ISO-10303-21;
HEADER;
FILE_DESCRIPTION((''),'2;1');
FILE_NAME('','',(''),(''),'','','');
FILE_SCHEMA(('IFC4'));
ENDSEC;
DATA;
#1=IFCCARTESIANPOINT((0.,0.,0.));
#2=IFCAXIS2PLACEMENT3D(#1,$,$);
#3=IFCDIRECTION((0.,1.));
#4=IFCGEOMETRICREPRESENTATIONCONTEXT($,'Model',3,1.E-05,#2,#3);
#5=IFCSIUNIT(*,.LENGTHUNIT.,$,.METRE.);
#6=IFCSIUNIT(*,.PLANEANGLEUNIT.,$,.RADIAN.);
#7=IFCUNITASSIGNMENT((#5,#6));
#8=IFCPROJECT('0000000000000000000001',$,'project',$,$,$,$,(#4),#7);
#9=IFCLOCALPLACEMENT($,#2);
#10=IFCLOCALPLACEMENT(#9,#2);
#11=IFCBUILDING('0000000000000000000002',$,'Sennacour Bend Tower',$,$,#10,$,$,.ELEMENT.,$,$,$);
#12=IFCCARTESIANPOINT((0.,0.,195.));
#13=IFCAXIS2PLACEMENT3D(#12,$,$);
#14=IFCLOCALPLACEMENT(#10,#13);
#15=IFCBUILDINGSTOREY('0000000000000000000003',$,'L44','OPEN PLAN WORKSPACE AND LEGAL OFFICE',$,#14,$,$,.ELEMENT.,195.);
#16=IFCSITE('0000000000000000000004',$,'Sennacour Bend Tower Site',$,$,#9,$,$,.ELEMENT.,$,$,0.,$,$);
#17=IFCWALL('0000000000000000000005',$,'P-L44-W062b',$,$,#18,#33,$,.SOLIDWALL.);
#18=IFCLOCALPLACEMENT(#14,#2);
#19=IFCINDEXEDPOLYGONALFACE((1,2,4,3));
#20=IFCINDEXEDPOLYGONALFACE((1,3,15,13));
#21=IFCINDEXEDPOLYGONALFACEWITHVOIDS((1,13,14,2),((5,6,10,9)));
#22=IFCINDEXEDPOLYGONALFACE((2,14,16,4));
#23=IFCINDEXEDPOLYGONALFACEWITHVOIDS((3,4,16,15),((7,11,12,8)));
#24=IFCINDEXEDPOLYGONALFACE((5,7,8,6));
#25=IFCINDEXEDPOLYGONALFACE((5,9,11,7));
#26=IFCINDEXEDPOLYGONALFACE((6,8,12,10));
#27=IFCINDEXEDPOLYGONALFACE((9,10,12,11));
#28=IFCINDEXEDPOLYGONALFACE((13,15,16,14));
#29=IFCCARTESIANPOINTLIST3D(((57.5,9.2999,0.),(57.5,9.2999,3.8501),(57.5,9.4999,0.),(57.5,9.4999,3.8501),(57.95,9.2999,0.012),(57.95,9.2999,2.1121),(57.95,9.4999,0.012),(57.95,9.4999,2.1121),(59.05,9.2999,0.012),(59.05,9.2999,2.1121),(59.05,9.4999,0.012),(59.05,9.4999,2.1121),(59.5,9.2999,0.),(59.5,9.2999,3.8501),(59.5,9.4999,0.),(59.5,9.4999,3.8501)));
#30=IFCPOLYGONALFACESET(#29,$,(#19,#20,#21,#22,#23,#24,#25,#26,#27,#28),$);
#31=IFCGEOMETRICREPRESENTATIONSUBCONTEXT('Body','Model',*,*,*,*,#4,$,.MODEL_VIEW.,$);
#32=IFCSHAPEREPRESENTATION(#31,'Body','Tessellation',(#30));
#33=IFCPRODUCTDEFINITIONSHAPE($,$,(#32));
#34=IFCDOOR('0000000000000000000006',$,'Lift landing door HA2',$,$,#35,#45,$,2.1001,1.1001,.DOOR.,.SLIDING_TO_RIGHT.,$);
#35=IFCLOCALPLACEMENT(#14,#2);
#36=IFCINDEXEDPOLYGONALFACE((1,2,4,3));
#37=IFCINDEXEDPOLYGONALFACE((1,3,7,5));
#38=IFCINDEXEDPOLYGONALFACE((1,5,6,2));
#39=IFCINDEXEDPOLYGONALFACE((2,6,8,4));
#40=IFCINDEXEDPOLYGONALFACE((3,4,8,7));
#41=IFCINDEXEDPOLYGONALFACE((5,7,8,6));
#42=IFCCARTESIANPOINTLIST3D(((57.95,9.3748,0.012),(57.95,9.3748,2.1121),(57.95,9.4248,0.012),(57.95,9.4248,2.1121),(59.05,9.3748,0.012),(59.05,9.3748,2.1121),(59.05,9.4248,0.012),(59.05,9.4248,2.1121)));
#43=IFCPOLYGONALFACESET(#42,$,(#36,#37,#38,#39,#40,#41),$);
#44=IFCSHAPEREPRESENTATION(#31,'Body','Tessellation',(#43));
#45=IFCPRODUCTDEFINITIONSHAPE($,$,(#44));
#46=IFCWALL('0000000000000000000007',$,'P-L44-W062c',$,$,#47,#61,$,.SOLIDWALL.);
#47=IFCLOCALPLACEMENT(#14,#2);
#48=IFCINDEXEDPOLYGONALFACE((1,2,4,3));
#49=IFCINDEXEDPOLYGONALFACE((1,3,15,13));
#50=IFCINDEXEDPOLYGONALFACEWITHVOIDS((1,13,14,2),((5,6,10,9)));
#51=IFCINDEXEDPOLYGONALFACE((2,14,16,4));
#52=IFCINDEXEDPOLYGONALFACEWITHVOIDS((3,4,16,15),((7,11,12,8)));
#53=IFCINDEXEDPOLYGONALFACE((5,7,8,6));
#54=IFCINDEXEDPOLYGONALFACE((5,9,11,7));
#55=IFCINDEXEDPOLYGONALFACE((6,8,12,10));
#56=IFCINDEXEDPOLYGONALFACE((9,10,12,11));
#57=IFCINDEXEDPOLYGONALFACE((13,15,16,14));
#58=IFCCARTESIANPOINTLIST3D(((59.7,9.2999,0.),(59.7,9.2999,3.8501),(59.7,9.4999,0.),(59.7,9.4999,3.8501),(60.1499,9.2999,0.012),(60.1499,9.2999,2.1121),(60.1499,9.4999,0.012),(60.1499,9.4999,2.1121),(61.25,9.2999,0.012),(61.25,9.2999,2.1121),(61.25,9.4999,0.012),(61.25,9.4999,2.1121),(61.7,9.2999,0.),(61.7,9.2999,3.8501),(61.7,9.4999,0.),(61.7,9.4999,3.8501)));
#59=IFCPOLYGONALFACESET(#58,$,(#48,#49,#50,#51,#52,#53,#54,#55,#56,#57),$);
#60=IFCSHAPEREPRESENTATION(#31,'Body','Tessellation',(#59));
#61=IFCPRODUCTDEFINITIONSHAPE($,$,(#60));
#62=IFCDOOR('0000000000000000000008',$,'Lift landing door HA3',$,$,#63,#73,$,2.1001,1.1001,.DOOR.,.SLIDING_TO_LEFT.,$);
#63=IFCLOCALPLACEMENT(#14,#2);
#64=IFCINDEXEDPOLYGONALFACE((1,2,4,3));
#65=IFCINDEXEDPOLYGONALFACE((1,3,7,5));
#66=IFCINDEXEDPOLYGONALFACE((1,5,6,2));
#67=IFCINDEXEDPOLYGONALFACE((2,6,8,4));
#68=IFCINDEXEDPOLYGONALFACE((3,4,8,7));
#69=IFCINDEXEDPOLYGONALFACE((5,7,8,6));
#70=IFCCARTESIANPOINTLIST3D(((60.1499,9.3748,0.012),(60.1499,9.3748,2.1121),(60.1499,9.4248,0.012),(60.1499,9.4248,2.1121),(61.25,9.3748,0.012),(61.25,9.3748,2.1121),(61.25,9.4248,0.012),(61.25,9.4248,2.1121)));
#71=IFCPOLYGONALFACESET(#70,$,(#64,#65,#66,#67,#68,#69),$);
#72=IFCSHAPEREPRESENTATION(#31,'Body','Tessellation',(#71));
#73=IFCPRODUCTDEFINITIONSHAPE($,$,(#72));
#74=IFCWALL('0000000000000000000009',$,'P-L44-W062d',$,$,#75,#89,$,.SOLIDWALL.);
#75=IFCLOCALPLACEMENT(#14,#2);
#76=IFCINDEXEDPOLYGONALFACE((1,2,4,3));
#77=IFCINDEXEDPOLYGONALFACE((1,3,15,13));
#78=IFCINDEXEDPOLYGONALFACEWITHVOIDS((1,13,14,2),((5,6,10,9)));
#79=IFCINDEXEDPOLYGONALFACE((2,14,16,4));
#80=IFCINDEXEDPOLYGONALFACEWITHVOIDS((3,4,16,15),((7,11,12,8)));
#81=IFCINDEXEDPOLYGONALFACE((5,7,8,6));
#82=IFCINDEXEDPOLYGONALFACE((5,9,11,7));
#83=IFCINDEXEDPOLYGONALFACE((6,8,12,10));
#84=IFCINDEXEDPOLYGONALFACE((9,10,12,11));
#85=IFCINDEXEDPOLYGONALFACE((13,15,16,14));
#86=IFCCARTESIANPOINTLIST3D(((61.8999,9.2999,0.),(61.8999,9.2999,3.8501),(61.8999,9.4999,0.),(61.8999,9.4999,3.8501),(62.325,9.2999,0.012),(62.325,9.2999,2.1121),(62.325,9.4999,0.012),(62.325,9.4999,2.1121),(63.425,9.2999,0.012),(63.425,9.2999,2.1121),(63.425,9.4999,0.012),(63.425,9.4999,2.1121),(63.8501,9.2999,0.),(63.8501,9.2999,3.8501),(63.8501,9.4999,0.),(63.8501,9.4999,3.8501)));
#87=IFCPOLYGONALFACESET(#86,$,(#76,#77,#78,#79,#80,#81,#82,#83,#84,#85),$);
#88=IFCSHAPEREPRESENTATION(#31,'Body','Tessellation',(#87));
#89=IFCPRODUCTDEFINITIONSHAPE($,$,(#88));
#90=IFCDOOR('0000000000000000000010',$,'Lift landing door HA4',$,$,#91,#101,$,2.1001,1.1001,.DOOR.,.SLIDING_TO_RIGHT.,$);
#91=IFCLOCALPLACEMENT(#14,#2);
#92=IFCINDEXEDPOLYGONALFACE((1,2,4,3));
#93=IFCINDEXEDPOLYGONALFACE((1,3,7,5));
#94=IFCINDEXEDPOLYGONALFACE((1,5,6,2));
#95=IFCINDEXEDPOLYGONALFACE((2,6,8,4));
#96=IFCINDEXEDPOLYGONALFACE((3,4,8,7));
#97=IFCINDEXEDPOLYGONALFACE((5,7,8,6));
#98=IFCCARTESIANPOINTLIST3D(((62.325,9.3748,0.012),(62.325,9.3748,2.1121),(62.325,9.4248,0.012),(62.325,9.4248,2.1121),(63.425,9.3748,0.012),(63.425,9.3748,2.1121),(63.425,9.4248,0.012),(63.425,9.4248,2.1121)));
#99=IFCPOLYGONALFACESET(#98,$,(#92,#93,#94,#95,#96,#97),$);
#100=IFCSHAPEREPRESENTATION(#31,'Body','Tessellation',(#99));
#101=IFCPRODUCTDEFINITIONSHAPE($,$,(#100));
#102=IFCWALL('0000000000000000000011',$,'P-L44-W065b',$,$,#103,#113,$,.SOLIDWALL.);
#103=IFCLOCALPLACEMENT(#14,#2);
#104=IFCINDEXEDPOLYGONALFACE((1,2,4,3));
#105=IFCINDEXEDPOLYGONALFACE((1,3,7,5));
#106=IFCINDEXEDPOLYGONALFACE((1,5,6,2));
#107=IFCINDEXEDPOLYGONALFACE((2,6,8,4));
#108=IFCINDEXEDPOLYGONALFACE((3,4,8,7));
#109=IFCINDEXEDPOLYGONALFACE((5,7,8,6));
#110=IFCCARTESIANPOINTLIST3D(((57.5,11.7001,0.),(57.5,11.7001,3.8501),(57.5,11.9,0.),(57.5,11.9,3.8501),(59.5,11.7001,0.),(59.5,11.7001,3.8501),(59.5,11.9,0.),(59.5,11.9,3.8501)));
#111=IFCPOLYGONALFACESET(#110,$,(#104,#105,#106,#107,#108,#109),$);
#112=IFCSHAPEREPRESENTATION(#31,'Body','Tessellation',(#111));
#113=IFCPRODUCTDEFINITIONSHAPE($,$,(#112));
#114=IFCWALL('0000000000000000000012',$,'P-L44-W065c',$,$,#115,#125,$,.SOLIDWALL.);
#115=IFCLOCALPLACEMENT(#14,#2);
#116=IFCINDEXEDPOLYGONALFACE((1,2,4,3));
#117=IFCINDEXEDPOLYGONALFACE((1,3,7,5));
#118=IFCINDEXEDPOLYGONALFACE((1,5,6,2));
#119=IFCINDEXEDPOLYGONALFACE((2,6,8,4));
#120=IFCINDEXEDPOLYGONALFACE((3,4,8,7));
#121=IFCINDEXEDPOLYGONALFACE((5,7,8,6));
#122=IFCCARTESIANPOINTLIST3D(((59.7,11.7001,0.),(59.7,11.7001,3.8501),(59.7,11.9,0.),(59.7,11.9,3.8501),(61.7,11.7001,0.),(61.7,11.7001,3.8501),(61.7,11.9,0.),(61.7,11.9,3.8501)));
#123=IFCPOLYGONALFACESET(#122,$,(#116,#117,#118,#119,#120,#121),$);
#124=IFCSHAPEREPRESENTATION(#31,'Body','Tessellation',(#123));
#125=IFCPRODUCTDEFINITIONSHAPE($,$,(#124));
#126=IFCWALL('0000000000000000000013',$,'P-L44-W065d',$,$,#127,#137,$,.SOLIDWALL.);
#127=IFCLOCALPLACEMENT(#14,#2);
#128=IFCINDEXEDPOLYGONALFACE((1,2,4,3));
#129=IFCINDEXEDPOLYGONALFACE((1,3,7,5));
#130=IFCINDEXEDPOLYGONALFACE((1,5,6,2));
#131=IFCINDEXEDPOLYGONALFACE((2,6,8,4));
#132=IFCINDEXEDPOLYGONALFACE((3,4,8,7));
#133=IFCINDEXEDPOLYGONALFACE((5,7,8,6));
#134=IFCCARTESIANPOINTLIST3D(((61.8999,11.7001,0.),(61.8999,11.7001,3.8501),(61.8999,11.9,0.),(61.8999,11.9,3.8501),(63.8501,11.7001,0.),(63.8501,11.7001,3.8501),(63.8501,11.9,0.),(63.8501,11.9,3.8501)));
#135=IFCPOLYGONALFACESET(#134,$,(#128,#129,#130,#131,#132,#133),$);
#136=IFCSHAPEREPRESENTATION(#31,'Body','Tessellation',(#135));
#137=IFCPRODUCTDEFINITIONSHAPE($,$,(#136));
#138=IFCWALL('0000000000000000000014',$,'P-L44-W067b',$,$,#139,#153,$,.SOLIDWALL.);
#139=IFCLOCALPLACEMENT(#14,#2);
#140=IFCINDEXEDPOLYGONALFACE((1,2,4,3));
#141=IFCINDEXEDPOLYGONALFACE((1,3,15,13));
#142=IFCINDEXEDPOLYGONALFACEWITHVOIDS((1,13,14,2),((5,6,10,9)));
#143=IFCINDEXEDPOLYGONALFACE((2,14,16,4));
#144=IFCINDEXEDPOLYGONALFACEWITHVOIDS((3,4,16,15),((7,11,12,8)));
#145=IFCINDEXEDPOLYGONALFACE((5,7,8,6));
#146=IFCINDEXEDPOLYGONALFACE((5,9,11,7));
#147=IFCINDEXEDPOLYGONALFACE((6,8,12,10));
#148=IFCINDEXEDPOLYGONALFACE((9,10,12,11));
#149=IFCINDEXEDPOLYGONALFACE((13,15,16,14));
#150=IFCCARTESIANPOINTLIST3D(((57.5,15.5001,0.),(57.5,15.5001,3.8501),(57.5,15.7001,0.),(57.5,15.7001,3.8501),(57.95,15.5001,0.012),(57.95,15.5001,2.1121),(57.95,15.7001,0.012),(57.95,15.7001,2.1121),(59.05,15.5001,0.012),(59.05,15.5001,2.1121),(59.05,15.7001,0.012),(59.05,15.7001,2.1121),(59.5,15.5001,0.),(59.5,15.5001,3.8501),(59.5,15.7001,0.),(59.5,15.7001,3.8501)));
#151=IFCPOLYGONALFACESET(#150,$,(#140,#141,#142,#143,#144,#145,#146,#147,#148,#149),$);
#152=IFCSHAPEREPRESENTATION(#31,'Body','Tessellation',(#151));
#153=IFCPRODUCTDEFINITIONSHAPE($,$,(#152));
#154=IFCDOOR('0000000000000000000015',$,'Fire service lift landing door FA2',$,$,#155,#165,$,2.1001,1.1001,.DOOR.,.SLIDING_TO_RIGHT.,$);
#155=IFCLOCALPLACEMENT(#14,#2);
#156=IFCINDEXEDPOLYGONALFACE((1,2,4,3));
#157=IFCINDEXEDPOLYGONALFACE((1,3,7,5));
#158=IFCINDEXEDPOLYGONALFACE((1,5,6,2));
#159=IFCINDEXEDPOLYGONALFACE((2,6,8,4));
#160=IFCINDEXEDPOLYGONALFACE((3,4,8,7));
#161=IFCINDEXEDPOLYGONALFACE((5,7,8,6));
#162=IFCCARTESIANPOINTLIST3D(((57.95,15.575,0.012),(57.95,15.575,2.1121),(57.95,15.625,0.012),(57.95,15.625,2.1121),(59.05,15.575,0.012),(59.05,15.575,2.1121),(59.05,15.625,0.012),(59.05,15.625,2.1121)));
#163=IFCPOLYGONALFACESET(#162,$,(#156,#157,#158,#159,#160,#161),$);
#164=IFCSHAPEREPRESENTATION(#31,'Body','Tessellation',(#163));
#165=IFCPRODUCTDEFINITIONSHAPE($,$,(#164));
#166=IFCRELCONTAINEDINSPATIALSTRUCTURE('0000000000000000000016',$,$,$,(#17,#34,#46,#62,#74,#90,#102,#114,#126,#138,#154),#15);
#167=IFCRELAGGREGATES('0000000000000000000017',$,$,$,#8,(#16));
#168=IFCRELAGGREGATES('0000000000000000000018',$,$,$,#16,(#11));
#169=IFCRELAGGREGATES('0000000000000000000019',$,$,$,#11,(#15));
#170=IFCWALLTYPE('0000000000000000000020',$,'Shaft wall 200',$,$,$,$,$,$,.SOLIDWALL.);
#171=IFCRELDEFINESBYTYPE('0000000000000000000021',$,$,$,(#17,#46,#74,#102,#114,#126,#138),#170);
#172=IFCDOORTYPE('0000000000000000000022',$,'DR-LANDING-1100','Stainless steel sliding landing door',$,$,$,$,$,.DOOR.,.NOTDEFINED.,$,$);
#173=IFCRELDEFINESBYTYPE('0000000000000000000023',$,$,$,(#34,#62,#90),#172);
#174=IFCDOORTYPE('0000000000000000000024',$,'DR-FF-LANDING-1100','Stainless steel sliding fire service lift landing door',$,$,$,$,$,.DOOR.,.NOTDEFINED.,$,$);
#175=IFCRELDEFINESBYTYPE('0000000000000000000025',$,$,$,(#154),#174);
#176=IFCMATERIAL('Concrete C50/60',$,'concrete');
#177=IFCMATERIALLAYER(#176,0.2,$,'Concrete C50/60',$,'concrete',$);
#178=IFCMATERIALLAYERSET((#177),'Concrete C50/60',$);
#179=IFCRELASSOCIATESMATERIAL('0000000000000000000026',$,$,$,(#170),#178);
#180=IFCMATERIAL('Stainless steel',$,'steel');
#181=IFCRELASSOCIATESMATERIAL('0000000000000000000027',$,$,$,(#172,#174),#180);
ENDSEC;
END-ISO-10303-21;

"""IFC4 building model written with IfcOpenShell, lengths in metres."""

from ifc_helpers import new_model, si_unit, direction, frame, frame_2d, origin, place, context, subcontext, project, spatial, rectangle, extrude, material, layer, layer_set, type_object, element, fill, save


model = new_model("IFC4")

# Units and contexts
model_context = context("Model", 3, precision=1e-05, world=origin(), true_north=direction((0.0, 1.0)))
body_context = subcontext(model_context, "Body", "Model", "MODEL_VIEW")
ifc_project = project(units=[si_unit("LENGTHUNIT", "METRE"), si_unit("PLANEANGLEUNIT", "RADIAN")], contexts=[model_context])

# Site, building, storey
site_placement = place(None, origin())
site = spatial("IfcSite", under=ifc_project, at=site_placement, Name="Sennacour Bend Tower Site", CompositionType="ELEMENT", RefElevation=0.0)
building_placement = place(site_placement, origin())
building = spatial("IfcBuilding", under=site, at=building_placement, Name="Sennacour Bend Tower", CompositionType="ELEMENT")
storey_placement = place(building_placement, frame((0.0, 0.0, 195.0)))
storey = spatial("IfcBuildingStorey", under=building, at=storey_placement, Name="L44", Description="OPEN PLAN WORKSPACE AND LEGAL OFFICE", CompositionType="ELEMENT", Elevation=195.0)

# Shared definitions
ifc_material_1 = material(Name="Concrete C50/60", Category="concrete")
ifc_layer_1 = layer(ifc_material_1, 0.2, Name="Concrete C50/60", Category="concrete")
ifc_layer_set_1 = layer_set([ifc_layer_1], Name="Concrete C50/60")
wall_type_1 = type_object("IfcWallType", Name="Shaft wall 200", PredefinedType="SOLIDWALL", material=ifc_layer_set_1)

# Walls, openings, doors
wall_1_placement = place(storey_placement, frame((57.5, 9.3999, 0.0), z_axis=(0.0, 0.0, 1.0), x_axis=(1.0, 0.0, 0.0)))
wall_1 = element("IfcWall", 1, at=wall_1_placement, inside=storey, type_object=wall_type_1, Name="P-L44-W062b", PredefinedType="SOLIDWALL", context=body_context, shape_type="SweptSolid", body=[
    extrude(rectangle(XDim=2.0, YDim=0.2, at=frame_2d((1.0, 0.0))), origin(), (0.0, 0.0, 1.0), 3.8501),
])
opening_1_placement = place(wall_1_placement, frame((0.45, 0.0, 0.012)))
opening_1 = element("IfcOpeningElement", 2, at=opening_1_placement, cuts=wall_1, PredefinedType="OPENING", context=body_context, shape_type="SweptSolid", body=[
    extrude(rectangle(XDim=1.1001, YDim=2.1001, at=frame_2d((0.55, 1.05))), frame((0.0, 0.1099, 0.0), z_axis=(0.0, -1.0, 0.0), x_axis=(1.0, 0.0, 0.0)), (0.0, 0.0, 1.0), 0.22),
])
ifc_material_2 = material(Name="Stainless steel", Category="steel")
door_type_1 = type_object("IfcDoorType", Name="DR-LANDING-1100", Description="Stainless steel sliding landing door", OperationType="NOTDEFINED", PredefinedType="DOOR", material=ifc_material_2)
door_1_placement = place(opening_1_placement, origin())
door_1 = element("IfcDoor", 3, at=door_1_placement, inside=storey, type_object=door_type_1, Name="Lift landing door HA2", OperationType="SLIDING_TO_RIGHT", OverallHeight=2.1001, OverallWidth=1.1001, PredefinedType="DOOR", context=body_context, shape_type="SweptSolid", body=[
    extrude(rectangle(XDim=1.1001, YDim=2.1001, at=frame_2d((0.55, 1.05))), frame((0.0, 0.0249, 0.0), z_axis=(0.0, -1.0, 0.0), x_axis=(1.0, 0.0, 0.0)), (0.0, 0.0, 1.0), 0.05),
])
fill(opening_1, door_1)
wall_2_placement = place(storey_placement, frame((59.7, 9.3999, 0.0), z_axis=(0.0, 0.0, 1.0), x_axis=(1.0, 0.0, 0.0)))
wall_2 = element("IfcWall", 4, at=wall_2_placement, inside=storey, type_object=wall_type_1, Name="P-L44-W062c", PredefinedType="SOLIDWALL", context=body_context, shape_type="SweptSolid", body=[
    extrude(rectangle(XDim=2.0, YDim=0.2, at=frame_2d((1.0, 0.0))), origin(), (0.0, 0.0, 1.0), 3.8501),
])
opening_2_placement = place(wall_2_placement, frame((0.45, 0.0, 0.012)))
opening_2 = element("IfcOpeningElement", 5, at=opening_2_placement, cuts=wall_2, PredefinedType="OPENING", context=body_context, shape_type="SweptSolid", body=[
    extrude(rectangle(XDim=1.1001, YDim=2.1001, at=frame_2d((0.55, 1.05))), frame((0.0, 0.1099, 0.0), z_axis=(0.0, -1.0, 0.0), x_axis=(1.0, 0.0, 0.0)), (0.0, 0.0, 1.0), 0.22),
])
door_2_placement = place(opening_2_placement, origin())
door_2 = element("IfcDoor", 6, at=door_2_placement, inside=storey, type_object=door_type_1, Name="Lift landing door HA3", OperationType="SLIDING_TO_LEFT", OverallHeight=2.1001, OverallWidth=1.1001, PredefinedType="DOOR", context=body_context, shape_type="SweptSolid", body=[
    extrude(rectangle(XDim=1.1001, YDim=2.1001, at=frame_2d((0.55, 1.05))), frame((0.0, 0.0249, 0.0), z_axis=(0.0, -1.0, 0.0), x_axis=(1.0, 0.0, 0.0)), (0.0, 0.0, 1.0), 0.05),
])
fill(opening_2, door_2)
wall_3_placement = place(storey_placement, frame((61.8999, 9.3999, 0.0), z_axis=(0.0, 0.0, 1.0), x_axis=(1.0, 0.0, 0.0)))
wall_3 = element("IfcWall", 7, at=wall_3_placement, inside=storey, type_object=wall_type_1, Name="P-L44-W062d", PredefinedType="SOLIDWALL", context=body_context, shape_type="SweptSolid", body=[
    extrude(rectangle(XDim=1.9502, YDim=0.2, at=frame_2d((0.9751, 0.0))), origin(), (0.0, 0.0, 1.0), 3.8501),
])
opening_3_placement = place(wall_3_placement, frame((0.425, 0.0, 0.012)))
opening_3 = element("IfcOpeningElement", 8, at=opening_3_placement, cuts=wall_3, PredefinedType="OPENING", context=body_context, shape_type="SweptSolid", body=[
    extrude(rectangle(XDim=1.1001, YDim=2.1001, at=frame_2d((0.55, 1.05))), frame((0.0, 0.1099, 0.0), z_axis=(0.0, -1.0, 0.0), x_axis=(1.0, 0.0, 0.0)), (0.0, 0.0, 1.0), 0.22),
])
door_3_placement = place(opening_3_placement, origin())
door_3 = element("IfcDoor", 9, at=door_3_placement, inside=storey, type_object=door_type_1, Name="Lift landing door HA4", OperationType="SLIDING_TO_RIGHT", OverallHeight=2.1001, OverallWidth=1.1001, PredefinedType="DOOR", context=body_context, shape_type="SweptSolid", body=[
    extrude(rectangle(XDim=1.1001, YDim=2.1001, at=frame_2d((0.55, 1.05))), frame((0.0, 0.0249, 0.0), z_axis=(0.0, -1.0, 0.0), x_axis=(1.0, 0.0, 0.0)), (0.0, 0.0, 1.0), 0.05),
])
fill(opening_3, door_3)

# Walls
for number, where, z_axis, x_axis, name in (
    (10, (57.5, 11.8, 0.0), (0.0, 0.0, 1.0), (1.0, 0.0, 0.0), "P-L44-W065b"),
    (11, (59.7, 11.8, 0.0), (0.0, 0.0, 1.0), (1.0, 0.0, 0.0), "P-L44-W065c"),
):
    element("IfcWall", number, at=place(storey_placement, frame(where, z_axis=z_axis, x_axis=x_axis)), inside=storey, type_object=wall_type_1, Name=name, PredefinedType="SOLIDWALL", context=body_context, shape_type="SweptSolid", body=[
        extrude(rectangle(XDim=2.0, YDim=0.2, at=frame_2d((1.0, 0.0))), origin(), (0.0, 0.0, 1.0), 3.8501),
    ])
wall_4_placement = place(storey_placement, frame((61.8999, 11.8, 0.0), z_axis=(0.0, 0.0, 1.0), x_axis=(1.0, 0.0, 0.0)))
element("IfcWall", 12, at=wall_4_placement, inside=storey, type_object=wall_type_1, Name="P-L44-W065d", PredefinedType="SOLIDWALL", context=body_context, shape_type="SweptSolid", body=[
    extrude(rectangle(XDim=1.9502, YDim=0.2, at=frame_2d((0.9751, 0.0))), origin(), (0.0, 0.0, 1.0), 3.8501),
])

# Wall, opening, door
wall_5_placement = place(storey_placement, frame((57.5, 15.6001, 0.0), z_axis=(0.0, 0.0, 1.0), x_axis=(1.0, 0.0, 0.0)))
wall_5 = element("IfcWall", 13, at=wall_5_placement, inside=storey, type_object=wall_type_1, Name="P-L44-W067b", PredefinedType="SOLIDWALL", context=body_context, shape_type="SweptSolid", body=[
    extrude(rectangle(XDim=2.0, YDim=0.2, at=frame_2d((1.0, 0.0))), origin(), (0.0, 0.0, 1.0), 3.8501),
])
opening_4_placement = place(wall_5_placement, frame((0.45, 0.0, 0.012)))
opening_4 = element("IfcOpeningElement", 14, at=opening_4_placement, cuts=wall_5, PredefinedType="OPENING", context=body_context, shape_type="SweptSolid", body=[
    extrude(rectangle(XDim=1.1001, YDim=2.1001, at=frame_2d((0.55, 1.05))), frame((0.0, 0.1099, 0.0), z_axis=(0.0, -1.0, 0.0), x_axis=(1.0, 0.0, 0.0)), (0.0, 0.0, 1.0), 0.22),
])
door_type_2 = type_object("IfcDoorType", Name="DR-FF-LANDING-1100", Description="Stainless steel sliding fire service lift landing door", OperationType="NOTDEFINED", PredefinedType="DOOR", material=ifc_material_2)
door_4_placement = place(opening_4_placement, origin())
door_4 = element("IfcDoor", 15, at=door_4_placement, inside=storey, type_object=door_type_2, Name="Fire service lift landing door FA2", OperationType="SLIDING_TO_RIGHT", OverallHeight=2.1001, OverallWidth=1.1001, PredefinedType="DOOR", context=body_context, shape_type="SweptSolid", body=[
    extrude(rectangle(XDim=1.1001, YDim=2.1001, at=frame_2d((0.55, 1.05))), frame((0.0, 0.0249, 0.0), z_axis=(0.0, -1.0, 0.0), x_axis=(1.0, 0.0, 0.0)), (0.0, 0.0, 1.0), 0.05),
])
fill(opening_4, door_4)

save(model, "model.ifc")
